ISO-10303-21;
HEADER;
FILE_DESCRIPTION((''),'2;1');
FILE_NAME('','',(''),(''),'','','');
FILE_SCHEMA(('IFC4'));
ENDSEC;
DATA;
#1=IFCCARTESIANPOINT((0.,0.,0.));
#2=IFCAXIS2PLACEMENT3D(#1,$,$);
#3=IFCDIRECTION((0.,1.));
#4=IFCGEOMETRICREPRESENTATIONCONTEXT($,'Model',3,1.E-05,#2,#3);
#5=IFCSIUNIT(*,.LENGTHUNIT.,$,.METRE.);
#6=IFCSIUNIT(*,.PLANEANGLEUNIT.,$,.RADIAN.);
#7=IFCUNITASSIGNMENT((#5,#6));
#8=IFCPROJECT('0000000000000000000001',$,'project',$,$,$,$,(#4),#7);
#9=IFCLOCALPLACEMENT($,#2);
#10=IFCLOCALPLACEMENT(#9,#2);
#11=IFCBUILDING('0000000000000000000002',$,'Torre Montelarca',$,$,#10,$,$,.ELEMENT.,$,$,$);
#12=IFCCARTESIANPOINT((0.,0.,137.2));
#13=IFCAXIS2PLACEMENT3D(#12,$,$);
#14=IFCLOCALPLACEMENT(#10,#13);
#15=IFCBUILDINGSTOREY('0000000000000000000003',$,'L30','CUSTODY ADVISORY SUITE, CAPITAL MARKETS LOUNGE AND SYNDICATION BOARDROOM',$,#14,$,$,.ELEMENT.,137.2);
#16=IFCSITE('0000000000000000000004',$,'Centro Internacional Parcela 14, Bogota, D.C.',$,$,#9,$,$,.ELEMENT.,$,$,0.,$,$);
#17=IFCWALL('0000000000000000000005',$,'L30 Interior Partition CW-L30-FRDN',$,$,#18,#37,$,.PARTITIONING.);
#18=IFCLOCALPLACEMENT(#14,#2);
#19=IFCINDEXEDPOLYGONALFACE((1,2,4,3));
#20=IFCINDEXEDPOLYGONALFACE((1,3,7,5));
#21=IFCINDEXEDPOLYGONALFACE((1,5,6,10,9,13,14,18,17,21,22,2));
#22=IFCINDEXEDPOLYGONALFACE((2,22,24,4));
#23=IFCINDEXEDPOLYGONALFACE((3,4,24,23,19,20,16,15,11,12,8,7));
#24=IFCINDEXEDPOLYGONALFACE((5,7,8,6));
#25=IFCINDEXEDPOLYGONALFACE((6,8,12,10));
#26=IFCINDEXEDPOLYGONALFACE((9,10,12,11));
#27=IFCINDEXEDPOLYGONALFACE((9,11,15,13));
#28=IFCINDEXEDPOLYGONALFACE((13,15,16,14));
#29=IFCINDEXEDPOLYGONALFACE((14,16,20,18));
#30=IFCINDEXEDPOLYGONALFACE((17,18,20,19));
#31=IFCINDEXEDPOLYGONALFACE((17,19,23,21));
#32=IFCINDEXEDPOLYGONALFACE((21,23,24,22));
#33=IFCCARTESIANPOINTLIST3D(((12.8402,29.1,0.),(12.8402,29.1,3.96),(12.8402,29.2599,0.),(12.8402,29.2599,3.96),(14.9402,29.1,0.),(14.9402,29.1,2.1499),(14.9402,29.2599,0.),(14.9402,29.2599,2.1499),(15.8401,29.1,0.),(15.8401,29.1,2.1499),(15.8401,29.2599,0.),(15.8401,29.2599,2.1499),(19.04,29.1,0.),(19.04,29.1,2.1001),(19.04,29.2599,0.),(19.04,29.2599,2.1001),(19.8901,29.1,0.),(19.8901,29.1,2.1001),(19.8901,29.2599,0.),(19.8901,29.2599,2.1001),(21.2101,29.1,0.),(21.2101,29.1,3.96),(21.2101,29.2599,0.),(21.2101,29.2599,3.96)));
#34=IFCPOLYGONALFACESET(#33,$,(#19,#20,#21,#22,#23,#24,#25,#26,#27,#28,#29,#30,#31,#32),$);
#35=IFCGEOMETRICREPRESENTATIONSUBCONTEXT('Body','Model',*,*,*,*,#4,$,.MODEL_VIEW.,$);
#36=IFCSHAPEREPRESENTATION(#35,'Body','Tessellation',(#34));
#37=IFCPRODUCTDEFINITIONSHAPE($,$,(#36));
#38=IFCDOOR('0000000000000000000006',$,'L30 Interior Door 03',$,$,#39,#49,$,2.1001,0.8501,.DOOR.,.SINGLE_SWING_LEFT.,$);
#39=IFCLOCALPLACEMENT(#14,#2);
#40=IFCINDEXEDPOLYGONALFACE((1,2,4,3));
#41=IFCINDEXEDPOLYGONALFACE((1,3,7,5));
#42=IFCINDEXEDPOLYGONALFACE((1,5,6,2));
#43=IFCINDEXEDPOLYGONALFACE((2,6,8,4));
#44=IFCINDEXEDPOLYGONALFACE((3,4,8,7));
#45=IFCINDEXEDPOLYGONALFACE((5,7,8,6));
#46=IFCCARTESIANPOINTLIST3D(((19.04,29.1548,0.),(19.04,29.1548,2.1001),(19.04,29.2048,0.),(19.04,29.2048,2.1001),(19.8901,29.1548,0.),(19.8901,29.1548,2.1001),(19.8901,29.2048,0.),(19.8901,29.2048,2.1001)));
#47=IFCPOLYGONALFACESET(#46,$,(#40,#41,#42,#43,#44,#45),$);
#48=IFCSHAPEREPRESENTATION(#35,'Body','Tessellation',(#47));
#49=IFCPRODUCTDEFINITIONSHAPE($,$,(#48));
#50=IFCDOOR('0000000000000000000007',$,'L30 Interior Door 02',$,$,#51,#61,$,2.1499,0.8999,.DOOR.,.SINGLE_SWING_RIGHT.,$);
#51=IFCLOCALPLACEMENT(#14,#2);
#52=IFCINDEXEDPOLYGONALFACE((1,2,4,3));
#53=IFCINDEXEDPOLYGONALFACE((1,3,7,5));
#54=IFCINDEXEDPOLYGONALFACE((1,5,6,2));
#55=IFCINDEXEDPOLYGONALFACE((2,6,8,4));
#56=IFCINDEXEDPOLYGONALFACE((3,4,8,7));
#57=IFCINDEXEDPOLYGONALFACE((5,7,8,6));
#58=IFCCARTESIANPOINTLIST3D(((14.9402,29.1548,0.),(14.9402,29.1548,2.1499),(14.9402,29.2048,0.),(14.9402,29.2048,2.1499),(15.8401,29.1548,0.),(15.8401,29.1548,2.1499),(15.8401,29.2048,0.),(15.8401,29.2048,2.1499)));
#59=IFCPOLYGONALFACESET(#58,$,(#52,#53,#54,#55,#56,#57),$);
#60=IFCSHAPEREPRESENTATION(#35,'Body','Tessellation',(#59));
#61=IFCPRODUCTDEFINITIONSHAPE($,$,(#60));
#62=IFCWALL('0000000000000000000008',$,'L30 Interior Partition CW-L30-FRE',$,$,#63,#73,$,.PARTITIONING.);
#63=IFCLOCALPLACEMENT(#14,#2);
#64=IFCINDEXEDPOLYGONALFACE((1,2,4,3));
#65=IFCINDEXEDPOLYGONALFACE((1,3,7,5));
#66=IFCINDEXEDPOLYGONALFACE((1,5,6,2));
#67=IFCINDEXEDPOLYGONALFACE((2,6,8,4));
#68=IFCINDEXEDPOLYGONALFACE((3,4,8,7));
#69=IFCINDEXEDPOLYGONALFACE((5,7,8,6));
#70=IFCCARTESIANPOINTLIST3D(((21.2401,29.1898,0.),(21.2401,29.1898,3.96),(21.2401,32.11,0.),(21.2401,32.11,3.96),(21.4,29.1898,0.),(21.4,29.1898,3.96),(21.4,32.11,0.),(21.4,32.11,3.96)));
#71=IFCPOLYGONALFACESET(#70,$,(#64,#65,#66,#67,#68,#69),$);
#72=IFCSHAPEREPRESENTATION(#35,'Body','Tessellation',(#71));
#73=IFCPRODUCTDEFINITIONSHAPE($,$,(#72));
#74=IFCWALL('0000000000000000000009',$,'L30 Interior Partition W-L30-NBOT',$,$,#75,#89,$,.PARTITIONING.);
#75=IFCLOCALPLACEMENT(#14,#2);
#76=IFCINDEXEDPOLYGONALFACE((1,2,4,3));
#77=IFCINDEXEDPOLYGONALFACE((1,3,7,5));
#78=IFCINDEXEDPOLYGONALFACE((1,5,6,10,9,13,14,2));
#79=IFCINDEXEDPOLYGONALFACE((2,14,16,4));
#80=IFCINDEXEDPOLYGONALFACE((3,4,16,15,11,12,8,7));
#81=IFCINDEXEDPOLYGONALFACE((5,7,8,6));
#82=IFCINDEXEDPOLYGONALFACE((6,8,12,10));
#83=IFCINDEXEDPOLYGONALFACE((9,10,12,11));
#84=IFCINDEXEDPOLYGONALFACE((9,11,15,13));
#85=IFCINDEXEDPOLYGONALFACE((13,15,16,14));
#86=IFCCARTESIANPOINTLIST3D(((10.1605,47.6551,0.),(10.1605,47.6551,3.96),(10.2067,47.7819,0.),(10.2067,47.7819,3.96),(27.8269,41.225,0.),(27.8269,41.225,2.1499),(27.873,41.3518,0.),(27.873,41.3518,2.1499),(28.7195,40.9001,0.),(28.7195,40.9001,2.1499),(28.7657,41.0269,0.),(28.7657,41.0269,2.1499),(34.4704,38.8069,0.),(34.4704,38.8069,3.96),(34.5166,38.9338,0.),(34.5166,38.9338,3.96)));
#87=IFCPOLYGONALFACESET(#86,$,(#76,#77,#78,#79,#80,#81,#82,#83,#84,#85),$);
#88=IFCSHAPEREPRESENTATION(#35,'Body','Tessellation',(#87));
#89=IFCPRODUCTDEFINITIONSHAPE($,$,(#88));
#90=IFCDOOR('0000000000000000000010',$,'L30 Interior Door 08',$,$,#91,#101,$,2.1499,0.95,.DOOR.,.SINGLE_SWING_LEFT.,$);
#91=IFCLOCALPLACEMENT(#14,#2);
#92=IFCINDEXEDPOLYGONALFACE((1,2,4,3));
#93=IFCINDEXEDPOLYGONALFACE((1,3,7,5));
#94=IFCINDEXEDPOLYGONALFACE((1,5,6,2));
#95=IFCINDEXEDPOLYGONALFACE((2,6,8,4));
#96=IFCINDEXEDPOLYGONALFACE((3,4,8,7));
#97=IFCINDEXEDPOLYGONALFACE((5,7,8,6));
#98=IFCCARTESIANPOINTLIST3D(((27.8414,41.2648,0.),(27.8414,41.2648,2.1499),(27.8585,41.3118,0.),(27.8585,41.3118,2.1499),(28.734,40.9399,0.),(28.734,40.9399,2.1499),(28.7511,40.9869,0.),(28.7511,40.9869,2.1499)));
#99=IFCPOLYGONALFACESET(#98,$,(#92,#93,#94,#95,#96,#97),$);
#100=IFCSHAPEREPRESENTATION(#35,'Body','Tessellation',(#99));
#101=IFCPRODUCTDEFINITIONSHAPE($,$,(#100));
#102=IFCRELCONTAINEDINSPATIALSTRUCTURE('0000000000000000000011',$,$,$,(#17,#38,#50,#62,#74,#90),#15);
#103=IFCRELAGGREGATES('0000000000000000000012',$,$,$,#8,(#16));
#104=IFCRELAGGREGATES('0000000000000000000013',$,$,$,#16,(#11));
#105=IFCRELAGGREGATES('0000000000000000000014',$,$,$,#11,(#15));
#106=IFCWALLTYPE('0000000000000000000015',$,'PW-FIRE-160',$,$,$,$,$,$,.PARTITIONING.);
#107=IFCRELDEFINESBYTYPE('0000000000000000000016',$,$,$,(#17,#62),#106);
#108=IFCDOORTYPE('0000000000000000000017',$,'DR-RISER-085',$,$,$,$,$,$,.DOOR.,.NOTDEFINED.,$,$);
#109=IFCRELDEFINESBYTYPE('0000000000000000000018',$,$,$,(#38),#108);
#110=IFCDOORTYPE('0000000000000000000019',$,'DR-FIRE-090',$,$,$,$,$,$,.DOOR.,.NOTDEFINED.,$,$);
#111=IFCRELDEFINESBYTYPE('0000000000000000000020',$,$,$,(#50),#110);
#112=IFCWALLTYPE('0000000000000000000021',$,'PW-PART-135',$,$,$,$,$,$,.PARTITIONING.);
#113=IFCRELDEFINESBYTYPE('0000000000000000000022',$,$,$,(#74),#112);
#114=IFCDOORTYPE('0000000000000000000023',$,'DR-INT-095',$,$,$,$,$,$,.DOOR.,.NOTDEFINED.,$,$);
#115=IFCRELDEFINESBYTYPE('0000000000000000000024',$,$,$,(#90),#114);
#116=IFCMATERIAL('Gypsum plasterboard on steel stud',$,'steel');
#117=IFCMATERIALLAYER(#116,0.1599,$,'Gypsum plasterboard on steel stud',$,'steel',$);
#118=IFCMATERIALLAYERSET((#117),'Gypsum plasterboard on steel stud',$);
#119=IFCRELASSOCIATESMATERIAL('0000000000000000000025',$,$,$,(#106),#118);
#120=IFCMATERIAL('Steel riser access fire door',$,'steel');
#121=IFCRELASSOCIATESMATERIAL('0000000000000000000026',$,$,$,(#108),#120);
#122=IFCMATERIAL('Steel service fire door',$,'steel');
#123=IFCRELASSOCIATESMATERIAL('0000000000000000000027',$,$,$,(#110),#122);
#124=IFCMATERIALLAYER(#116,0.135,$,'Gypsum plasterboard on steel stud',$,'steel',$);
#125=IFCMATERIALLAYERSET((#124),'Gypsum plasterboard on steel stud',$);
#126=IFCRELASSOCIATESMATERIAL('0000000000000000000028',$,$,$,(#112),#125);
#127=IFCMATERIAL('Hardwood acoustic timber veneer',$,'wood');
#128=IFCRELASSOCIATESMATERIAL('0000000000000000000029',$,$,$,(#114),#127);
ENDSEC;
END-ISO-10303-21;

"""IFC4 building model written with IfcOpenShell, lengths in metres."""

from ifc_helpers import new_model, si_unit, direction, frame, frame_2d, origin, place, context, subcontext, project, spatial, rectangle, extrude, source, transform, mapped, material, layer, layer_set, type_object, element, fill, save


model = new_model("IFC4")

# Units and contexts
model_context = context("Model", 3, precision=1e-05, world=origin(), true_north=direction((0.0, 1.0)))
body_context = subcontext(model_context, "Body", "Model", "MODEL_VIEW")
ifc_project = project(units=[si_unit("LENGTHUNIT", "METRE"), si_unit("PLANEANGLEUNIT", "RADIAN")], contexts=[model_context])

# Site, building, storey
site_placement = place(None, origin())
site = spatial("IfcSite", under=ifc_project, at=site_placement, Name="Centro Internacional Parcela 14, Bogota, D.C.", CompositionType="ELEMENT", RefElevation=0.0)
building_placement = place(site_placement, origin())
building = spatial("IfcBuilding", under=site, at=building_placement, Name="Torre Montelarca", CompositionType="ELEMENT")
storey_placement = place(building_placement, frame((0.0, 0.0, 137.2)))
storey = spatial("IfcBuildingStorey", under=building, at=storey_placement, Name="L30", Description="CUSTODY ADVISORY SUITE, CAPITAL MARKETS LOUNGE AND SYNDICATION BOARDROOM", CompositionType="ELEMENT", Elevation=137.2)

# Shared definitions
ifc_material_1 = material(Name="Gypsum plasterboard on steel stud", Category="steel")
ifc_layer_1 = layer(ifc_material_1, 0.1599, Name="Gypsum plasterboard on steel stud", Category="steel")
ifc_layer_set_1 = layer_set([ifc_layer_1], Name="Gypsum plasterboard on steel stud")
wall_type_1 = type_object("IfcWallType", Name="PW-FIRE-160", PredefinedType="PARTITIONING", material=ifc_layer_set_1)

# Wall, openings, doors
wall_1_placement = place(storey_placement, frame((12.8401, 29.1799, 0.0), z_axis=(0.0, 0.0, 1.0), x_axis=(1.0, 0.0, 0.0)))
wall_1 = element("IfcWall", 1, at=wall_1_placement, inside=storey, type_object=wall_type_1, Name="L30 Interior Partition CW-L30-FRDN", PredefinedType="PARTITIONING", context=body_context, shape_type="SweptSolid", body=[
    extrude(rectangle(XDim=8.3699, YDim=0.1599, at=frame_2d((4.1851, 0.0))), origin(), (0.0, 0.0, 1.0), 3.96),
])
opening_1_placement = place(wall_1_placement, frame((2.1001, 0.0, 0.0)))
opening_1 = element("IfcOpeningElement", 2, at=opening_1_placement, cuts=wall_1, PredefinedType="OPENING", context=body_context, shape_type="SweptSolid", body=[
    extrude(rectangle(XDim=0.8999, YDim=2.1499, at=frame_2d((0.45, 1.075))), frame((0.0, 0.0898, 0.0), z_axis=(0.0, -1.0, 0.0), x_axis=(1.0, 0.0, 0.0)), (0.0, 0.0, 1.0), 0.1799),
])
opening_2_placement = place(wall_1_placement, frame((6.2, 0.0, 0.0)))
opening_2 = element("IfcOpeningElement", 3, at=opening_2_placement, cuts=wall_1, PredefinedType="OPENING", context=body_context, shape_type="SweptSolid", body=[
    extrude(rectangle(XDim=0.8501, YDim=2.1001, at=frame_2d((0.425, 1.05))), frame((0.0, 0.0898, 0.0), z_axis=(0.0, -1.0, 0.0), x_axis=(1.0, 0.0, 0.0)), (0.0, 0.0, 1.0), 0.1799),
])
ifc_material_2 = material(Name="Steel riser access fire door", Category="steel")
door_type_1 = type_object("IfcDoorType", Name="DR-RISER-085", OperationType="NOTDEFINED", PredefinedType="DOOR", material=ifc_material_2)
shared_shape_1 = source(origin(), body_context, "Body", "SweptSolid", [
    extrude(rectangle(XDim=0.8501, YDim=2.1001, at=frame_2d((0.425, 1.05))), frame((0.0, 0.0249, 0.0), z_axis=(0.0, -1.0, 0.0), x_axis=(1.0, 0.0, 0.0)), (0.0, 0.0, 1.0), 0.05),
])
door_1_placement = place(opening_2_placement, origin())
door_1 = element("IfcDoor", 4, at=door_1_placement, inside=storey, type_object=door_type_1, Name="L30 Interior Door 03", OperationType="SINGLE_SWING_LEFT", OverallHeight=2.1001, OverallWidth=0.8501, PredefinedType="DOOR", context=body_context, shape_type="MappedRepresentation", body=[
    mapped(shared_shape_1, transform((0.0, 0.0, 0.0), scale=1.0)),
])
fill(opening_2, door_1)
ifc_material_3 = material(Name="Steel service fire door", Category="steel")
door_type_2 = type_object("IfcDoorType", Name="DR-FIRE-090", OperationType="NOTDEFINED", PredefinedType="DOOR", material=ifc_material_3)
shared_shape_2 = source(origin(), body_context, "Body", "SweptSolid", [
    extrude(rectangle(XDim=0.8999, YDim=2.1499, at=frame_2d((0.45, 1.075))), frame((0.0, 0.0249, 0.0), z_axis=(0.0, -1.0, 0.0), x_axis=(1.0, 0.0, 0.0)), (0.0, 0.0, 1.0), 0.05),
])
door_2_placement = place(opening_1_placement, origin())
door_2 = element("IfcDoor", 5, at=door_2_placement, inside=storey, type_object=door_type_2, Name="L30 Interior Door 02", OperationType="SINGLE_SWING_RIGHT", OverallHeight=2.1499, OverallWidth=0.8999, PredefinedType="DOOR", context=body_context, shape_type="MappedRepresentation", body=[
    mapped(shared_shape_2, transform((0.0, 0.0, 0.0), scale=1.0)),
])
fill(opening_1, door_2)

# Wall
wall_2_placement = place(storey_placement, frame((21.3201, 29.1899, 0.0), z_axis=(0.0, 0.0, 1.0), x_axis=(0.0, 1.0, 0.0)))
element("IfcWall", 6, at=wall_2_placement, inside=storey, type_object=wall_type_1, Name="L30 Interior Partition CW-L30-FRE", PredefinedType="PARTITIONING", context=body_context, shape_type="SweptSolid", body=[
    extrude(rectangle(XDim=2.9202, YDim=0.1599, at=frame_2d((1.46, 0.0))), origin(), (0.0, 0.0, 1.0), 3.96),
])

# Wall, opening, door
ifc_layer_2 = layer(ifc_material_1, 0.135, Name="Gypsum plasterboard on steel stud", Category="steel")
ifc_layer_set_2 = layer_set([ifc_layer_2], Name="Gypsum plasterboard on steel stud")
wall_type_2 = type_object("IfcWallType", Name="PW-PART-135", PredefinedType="PARTITIONING", material=ifc_layer_set_2)
wall_3_placement = place(storey_placement, frame((10.1836, 47.7185, 0.0), z_axis=(0.0, 0.0, 1.0), x_axis=(0.939691, -0.342023, 0.0)))
wall_3 = element("IfcWall", 7, at=wall_3_placement, inside=storey, type_object=wall_type_2, Name="L30 Interior Partition W-L30-NBOT", PredefinedType="PARTITIONING", context=body_context, shape_type="SweptSolid", body=[
    extrude(rectangle(XDim=25.8701, YDim=0.135, at=frame_2d((12.9351, 0.0))), origin(), (0.0, 0.0, 1.0), 3.96),
])
opening_3_placement = place(wall_3_placement, frame((18.8, 0.0, 0.0)))
opening_3 = element("IfcOpeningElement", 8, at=opening_3_placement, cuts=wall_3, PredefinedType="OPENING", context=body_context, shape_type="SweptSolid", body=[
    extrude(rectangle(XDim=0.95, YDim=2.1499, at=frame_2d((0.4751, 1.075))), frame((0.0, 0.0776, 0.0), z_axis=(0.0, -1.0, 0.0), x_axis=(1.0, 0.0, 0.0)), (0.0, 0.0, 1.0), 0.155),
])
ifc_material_4 = material(Name="Hardwood acoustic timber veneer", Category="wood")
door_type_3 = type_object("IfcDoorType", Name="DR-INT-095", OperationType="NOTDEFINED", PredefinedType="DOOR", material=ifc_material_4)
shared_shape_3 = source(origin(), body_context, "Body", "SweptSolid", [
    extrude(rectangle(XDim=0.95, YDim=2.1499, at=frame_2d((0.4751, 1.075))), frame((0.0, 0.0249, 0.0), z_axis=(0.0, -1.0, 0.0), x_axis=(1.0, 0.0, 0.0)), (0.0, 0.0, 1.0), 0.05),
])
door_3_placement = place(opening_3_placement, origin())
door_3 = element("IfcDoor", 9, at=door_3_placement, inside=storey, type_object=door_type_3, Name="L30 Interior Door 08", OperationType="SINGLE_SWING_LEFT", OverallHeight=2.1499, OverallWidth=0.95, PredefinedType="DOOR", context=body_context, shape_type="MappedRepresentation", body=[
    mapped(shared_shape_3, transform((0.0, 0.0, 0.0), scale=1.0)),
])
fill(opening_3, door_3)

save(model, "model.ifc")
